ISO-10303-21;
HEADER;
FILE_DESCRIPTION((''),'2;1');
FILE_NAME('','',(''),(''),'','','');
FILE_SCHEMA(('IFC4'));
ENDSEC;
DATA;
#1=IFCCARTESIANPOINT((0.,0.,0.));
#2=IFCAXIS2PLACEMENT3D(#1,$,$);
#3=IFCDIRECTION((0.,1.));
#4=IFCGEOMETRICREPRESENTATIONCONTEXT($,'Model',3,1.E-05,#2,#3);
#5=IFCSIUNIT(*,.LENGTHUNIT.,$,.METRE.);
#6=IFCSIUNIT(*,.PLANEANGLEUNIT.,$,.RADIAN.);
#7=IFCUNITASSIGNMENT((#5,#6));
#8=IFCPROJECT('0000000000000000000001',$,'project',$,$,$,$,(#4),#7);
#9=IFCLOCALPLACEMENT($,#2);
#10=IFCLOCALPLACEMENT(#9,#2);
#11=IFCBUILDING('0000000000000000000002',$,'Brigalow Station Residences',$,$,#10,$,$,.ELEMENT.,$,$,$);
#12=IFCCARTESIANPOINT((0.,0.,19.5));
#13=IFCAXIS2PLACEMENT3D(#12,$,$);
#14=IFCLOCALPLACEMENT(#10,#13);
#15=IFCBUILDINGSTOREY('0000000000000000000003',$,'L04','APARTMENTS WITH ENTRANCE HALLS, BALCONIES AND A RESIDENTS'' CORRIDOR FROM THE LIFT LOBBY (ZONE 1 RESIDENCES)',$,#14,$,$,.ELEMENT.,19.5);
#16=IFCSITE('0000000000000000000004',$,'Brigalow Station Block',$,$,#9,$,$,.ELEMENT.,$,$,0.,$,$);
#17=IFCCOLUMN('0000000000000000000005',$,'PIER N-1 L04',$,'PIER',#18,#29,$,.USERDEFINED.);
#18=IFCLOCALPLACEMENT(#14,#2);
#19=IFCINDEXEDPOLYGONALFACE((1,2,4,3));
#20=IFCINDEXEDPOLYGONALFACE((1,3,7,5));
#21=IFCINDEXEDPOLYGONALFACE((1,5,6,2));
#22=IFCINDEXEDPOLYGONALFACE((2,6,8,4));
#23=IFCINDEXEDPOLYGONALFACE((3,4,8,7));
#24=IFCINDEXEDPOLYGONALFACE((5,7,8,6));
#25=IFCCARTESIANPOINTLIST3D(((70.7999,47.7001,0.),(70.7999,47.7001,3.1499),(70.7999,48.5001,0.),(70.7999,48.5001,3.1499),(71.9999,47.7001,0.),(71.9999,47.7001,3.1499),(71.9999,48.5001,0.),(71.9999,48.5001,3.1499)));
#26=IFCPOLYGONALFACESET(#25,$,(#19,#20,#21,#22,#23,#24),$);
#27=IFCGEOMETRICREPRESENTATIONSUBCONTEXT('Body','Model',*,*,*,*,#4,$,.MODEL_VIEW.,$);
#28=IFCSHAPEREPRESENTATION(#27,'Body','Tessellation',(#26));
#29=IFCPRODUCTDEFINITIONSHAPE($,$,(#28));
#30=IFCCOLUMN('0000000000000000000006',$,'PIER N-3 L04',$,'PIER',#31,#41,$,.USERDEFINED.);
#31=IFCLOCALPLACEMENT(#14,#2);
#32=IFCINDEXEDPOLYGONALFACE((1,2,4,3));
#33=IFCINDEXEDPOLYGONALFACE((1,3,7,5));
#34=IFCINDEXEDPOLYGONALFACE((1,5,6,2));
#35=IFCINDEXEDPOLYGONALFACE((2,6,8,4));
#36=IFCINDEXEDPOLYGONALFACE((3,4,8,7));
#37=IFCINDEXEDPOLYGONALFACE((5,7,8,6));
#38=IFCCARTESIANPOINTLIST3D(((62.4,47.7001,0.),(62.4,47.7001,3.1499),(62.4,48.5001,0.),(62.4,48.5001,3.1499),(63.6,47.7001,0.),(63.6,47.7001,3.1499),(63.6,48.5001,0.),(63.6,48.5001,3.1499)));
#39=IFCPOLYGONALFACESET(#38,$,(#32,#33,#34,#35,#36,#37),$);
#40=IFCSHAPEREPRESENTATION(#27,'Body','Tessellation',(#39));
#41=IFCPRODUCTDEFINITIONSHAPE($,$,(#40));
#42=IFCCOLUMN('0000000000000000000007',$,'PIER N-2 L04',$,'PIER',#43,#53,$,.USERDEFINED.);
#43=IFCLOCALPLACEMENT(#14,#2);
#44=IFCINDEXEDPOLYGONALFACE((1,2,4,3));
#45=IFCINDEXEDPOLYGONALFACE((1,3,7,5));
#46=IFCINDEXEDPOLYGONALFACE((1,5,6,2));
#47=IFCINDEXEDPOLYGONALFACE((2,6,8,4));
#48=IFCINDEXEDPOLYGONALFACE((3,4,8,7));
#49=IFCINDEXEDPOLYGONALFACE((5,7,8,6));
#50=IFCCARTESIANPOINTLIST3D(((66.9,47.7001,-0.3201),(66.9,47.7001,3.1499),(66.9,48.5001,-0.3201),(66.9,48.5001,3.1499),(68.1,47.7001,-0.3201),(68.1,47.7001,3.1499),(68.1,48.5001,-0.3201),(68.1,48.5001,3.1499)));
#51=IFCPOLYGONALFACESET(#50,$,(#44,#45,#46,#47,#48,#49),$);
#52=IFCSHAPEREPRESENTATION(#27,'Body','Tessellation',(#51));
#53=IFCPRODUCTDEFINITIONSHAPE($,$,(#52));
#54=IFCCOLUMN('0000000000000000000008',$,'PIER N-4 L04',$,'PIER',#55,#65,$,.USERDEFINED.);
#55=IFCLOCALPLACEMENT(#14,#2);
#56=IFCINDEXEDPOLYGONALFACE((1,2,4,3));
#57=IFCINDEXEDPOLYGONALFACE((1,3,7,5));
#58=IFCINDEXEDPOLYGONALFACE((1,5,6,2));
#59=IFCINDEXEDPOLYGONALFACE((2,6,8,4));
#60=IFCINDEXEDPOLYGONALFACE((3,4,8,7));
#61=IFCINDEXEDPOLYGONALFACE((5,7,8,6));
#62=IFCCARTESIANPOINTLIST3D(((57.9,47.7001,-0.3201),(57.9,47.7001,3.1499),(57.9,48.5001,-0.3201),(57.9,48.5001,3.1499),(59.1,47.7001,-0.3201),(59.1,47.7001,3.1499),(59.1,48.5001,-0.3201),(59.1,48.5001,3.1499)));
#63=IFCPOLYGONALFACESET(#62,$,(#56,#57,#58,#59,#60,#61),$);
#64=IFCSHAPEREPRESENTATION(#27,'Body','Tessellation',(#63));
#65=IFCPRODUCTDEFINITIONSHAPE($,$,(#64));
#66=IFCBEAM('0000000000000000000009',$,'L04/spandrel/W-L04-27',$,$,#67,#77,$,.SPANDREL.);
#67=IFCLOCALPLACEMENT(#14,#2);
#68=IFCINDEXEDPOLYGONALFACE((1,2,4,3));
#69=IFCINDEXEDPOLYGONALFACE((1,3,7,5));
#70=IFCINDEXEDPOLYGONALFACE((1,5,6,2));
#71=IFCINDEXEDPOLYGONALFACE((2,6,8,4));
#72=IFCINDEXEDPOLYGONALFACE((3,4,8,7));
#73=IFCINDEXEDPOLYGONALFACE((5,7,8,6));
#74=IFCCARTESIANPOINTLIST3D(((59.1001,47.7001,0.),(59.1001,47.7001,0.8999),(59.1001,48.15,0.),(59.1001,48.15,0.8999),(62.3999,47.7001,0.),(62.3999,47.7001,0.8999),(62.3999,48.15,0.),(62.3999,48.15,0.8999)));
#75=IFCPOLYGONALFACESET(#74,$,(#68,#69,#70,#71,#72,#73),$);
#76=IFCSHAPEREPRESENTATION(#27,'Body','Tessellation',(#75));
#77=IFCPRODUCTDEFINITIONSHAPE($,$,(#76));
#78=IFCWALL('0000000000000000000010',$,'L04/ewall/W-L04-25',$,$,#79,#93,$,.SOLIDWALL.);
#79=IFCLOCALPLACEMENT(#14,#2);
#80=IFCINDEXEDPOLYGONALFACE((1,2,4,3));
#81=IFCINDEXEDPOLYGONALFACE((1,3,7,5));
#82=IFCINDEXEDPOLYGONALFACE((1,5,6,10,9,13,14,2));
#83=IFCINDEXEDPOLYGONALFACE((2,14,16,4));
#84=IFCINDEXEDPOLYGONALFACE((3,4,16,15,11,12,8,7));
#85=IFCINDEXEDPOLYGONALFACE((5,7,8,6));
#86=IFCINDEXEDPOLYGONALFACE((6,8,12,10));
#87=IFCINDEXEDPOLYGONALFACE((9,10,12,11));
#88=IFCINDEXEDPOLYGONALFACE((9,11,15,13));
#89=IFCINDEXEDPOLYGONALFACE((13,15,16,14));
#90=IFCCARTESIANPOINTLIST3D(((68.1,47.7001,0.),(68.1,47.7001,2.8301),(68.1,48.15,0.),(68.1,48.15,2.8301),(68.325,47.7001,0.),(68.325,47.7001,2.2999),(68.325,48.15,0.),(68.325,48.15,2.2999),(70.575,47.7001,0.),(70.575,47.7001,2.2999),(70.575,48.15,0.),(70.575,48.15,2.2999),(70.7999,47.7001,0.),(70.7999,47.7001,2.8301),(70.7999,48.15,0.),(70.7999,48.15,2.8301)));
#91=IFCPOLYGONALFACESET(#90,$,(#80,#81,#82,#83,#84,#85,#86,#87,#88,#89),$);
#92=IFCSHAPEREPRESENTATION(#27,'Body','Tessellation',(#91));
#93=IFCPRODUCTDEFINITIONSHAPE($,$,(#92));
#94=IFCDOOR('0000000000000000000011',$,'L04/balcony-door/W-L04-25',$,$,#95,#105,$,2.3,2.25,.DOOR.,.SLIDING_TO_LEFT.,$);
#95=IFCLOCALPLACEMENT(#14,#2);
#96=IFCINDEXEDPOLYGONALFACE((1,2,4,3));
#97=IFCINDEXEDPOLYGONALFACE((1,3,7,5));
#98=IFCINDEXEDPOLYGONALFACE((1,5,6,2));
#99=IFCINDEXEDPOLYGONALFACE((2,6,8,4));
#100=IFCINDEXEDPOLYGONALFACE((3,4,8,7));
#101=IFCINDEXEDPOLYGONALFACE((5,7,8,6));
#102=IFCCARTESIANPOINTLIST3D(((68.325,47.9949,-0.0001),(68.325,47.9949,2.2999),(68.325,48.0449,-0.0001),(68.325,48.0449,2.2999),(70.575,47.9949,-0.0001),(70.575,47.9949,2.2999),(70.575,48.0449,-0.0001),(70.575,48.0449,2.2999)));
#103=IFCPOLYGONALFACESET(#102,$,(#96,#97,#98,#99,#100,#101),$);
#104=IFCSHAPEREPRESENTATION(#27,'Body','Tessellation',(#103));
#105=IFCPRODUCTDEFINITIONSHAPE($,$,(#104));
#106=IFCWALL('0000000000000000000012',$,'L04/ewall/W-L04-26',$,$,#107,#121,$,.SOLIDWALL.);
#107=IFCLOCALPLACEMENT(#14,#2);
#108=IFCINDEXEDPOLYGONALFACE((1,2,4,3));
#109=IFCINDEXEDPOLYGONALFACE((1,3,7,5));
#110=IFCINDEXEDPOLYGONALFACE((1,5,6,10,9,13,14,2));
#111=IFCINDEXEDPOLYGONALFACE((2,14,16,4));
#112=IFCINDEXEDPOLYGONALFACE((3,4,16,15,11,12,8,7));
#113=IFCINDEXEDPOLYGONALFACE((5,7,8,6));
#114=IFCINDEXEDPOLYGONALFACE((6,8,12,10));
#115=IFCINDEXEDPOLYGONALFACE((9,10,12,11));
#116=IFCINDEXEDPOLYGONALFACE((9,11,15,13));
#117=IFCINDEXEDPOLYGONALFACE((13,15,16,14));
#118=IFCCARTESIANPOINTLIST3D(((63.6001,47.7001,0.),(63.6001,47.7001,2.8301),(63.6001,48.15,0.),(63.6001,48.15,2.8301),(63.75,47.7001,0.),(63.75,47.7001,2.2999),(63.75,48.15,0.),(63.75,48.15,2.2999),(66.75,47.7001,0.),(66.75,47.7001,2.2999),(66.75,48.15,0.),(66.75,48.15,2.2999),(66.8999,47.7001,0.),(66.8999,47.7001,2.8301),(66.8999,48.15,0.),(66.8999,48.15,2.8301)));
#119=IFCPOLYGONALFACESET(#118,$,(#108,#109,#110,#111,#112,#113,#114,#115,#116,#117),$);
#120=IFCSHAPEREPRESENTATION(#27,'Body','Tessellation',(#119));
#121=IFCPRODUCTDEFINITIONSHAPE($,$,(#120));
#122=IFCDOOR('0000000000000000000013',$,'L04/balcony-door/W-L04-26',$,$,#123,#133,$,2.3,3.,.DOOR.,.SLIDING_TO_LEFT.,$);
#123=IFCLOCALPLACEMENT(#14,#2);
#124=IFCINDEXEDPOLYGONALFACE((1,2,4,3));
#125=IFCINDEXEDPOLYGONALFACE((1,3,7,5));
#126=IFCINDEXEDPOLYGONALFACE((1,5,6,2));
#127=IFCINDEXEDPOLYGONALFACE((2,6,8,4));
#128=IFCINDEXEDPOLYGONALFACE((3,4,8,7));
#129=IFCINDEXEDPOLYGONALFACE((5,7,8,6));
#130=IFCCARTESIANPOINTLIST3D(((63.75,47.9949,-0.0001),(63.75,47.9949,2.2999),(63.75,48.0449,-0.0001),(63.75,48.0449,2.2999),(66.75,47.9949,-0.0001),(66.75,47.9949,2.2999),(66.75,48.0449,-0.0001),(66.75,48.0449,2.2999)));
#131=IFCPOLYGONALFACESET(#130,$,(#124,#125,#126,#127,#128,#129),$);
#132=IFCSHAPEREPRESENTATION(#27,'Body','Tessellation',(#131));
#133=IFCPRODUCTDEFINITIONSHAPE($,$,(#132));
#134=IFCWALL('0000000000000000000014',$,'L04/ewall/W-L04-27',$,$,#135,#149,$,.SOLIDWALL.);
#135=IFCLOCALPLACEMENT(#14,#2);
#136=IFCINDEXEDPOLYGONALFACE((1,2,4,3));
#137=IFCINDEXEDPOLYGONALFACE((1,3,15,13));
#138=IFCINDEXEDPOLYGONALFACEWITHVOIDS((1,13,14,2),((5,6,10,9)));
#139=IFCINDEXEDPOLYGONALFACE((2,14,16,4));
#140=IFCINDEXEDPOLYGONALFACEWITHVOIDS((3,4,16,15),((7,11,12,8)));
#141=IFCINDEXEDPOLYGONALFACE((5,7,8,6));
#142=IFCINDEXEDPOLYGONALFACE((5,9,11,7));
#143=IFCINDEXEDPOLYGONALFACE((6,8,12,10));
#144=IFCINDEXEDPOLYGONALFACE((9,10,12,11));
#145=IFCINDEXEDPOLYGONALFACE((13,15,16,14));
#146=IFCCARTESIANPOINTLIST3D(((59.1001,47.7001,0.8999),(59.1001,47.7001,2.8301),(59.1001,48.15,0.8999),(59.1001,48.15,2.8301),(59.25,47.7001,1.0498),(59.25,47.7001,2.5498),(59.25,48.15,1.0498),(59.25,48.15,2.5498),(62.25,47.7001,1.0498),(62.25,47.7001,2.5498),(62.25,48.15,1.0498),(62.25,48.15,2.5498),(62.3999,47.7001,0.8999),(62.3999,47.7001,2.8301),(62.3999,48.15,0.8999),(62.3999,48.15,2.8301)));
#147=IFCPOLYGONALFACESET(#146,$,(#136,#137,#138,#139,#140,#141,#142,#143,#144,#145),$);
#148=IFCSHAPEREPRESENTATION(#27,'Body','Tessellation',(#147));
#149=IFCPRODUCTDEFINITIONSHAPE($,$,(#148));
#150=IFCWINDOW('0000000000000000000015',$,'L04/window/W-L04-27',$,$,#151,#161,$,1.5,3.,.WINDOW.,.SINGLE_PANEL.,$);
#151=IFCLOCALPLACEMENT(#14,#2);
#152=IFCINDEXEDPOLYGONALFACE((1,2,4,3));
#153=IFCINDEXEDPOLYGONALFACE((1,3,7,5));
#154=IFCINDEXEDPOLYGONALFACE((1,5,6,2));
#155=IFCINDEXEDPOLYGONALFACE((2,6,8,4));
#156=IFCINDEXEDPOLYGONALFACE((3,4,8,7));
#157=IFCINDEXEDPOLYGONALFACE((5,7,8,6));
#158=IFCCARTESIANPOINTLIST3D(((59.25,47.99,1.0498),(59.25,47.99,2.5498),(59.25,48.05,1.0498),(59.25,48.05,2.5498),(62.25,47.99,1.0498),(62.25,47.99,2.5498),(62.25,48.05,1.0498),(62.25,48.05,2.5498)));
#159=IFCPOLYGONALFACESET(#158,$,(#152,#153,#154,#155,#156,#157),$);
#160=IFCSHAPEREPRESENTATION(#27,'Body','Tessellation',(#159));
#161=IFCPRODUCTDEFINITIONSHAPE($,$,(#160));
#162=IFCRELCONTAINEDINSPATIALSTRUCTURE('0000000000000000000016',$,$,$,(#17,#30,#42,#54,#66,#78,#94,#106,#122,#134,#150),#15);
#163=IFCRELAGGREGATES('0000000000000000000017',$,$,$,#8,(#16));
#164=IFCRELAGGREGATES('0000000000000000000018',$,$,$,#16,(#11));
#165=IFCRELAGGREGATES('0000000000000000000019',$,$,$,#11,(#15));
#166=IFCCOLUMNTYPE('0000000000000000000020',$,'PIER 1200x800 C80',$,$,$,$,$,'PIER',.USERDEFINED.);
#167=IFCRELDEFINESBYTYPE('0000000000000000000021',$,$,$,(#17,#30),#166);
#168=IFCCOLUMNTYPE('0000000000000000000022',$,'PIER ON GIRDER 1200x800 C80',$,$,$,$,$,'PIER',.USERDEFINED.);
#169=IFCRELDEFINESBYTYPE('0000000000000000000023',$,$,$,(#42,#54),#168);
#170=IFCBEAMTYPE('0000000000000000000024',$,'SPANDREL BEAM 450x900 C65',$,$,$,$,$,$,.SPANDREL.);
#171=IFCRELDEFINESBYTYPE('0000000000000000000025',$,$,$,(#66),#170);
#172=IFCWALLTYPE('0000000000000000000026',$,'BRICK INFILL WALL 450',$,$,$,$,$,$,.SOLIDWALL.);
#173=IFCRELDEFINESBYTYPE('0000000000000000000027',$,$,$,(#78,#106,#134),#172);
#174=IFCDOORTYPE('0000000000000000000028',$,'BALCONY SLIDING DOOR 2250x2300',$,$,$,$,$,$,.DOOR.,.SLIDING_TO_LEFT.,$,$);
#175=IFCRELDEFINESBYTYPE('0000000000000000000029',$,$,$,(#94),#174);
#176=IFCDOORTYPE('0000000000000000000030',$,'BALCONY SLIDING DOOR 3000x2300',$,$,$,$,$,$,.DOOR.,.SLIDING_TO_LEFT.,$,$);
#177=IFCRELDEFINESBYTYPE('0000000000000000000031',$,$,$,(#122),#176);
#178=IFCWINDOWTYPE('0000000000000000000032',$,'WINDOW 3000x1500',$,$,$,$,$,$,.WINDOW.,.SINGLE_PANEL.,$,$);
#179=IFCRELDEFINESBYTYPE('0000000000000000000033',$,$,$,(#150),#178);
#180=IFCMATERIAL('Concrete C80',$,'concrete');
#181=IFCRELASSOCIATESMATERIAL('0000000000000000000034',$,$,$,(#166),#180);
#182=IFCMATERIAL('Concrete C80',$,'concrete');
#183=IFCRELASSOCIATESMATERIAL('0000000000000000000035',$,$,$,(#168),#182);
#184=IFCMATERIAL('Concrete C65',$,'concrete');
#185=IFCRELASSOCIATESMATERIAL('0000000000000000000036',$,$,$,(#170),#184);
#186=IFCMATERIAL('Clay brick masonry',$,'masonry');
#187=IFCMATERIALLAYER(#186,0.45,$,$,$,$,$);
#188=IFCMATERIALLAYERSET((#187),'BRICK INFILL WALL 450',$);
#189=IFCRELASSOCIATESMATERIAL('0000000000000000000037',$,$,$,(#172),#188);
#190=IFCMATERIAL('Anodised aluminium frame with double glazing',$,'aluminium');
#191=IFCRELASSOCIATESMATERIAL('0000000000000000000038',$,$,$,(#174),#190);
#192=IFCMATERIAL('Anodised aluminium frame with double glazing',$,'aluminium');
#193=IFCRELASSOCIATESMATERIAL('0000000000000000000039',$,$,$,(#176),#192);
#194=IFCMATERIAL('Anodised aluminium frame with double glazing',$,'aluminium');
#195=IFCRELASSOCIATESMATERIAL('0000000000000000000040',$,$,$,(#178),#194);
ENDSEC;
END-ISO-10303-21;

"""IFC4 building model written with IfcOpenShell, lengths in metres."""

from ifc_helpers import new_model, si_unit, direction, frame, frame_2d, origin, origin_2d, place, context, subcontext, project, spatial, rectangle, extrude, material, layer, layer_set, material_profile, profile_set, type_object, element, fill, save


model = new_model("IFC4")

# Units and contexts
model_context = context("Model", 3, precision=1e-05, world=origin(), true_north=direction((0.0, 1.0)))
body_context = subcontext(model_context, "Body", "Model", "MODEL_VIEW")
ifc_project = project(units=[si_unit("LENGTHUNIT", "METRE"), si_unit("PLANEANGLEUNIT", "RADIAN")], contexts=[model_context])

# Site, building, storey
site_placement = place(None, origin())
site = spatial("IfcSite", under=ifc_project, at=site_placement, Name="Brigalow Station Block", CompositionType="ELEMENT", RefElevation=0.0)
building_placement = place(site_placement, origin())
building = spatial("IfcBuilding", under=site, at=building_placement, Name="Brigalow Station Residences", CompositionType="ELEMENT")
storey_placement = place(building_placement, frame((0.0, 0.0, 19.5)))
storey = spatial("IfcBuildingStorey", under=building, at=storey_placement, Name="L04", Description="APARTMENTS WITH ENTRANCE HALLS, BALCONIES AND A RESIDENTS' CORRIDOR FROM THE LIFT LOBBY (ZONE 1 RESIDENCES)", CompositionType="ELEMENT", Elevation=19.5)

# Columns
ifc_material_1 = material(Name="Concrete C80", Category="concrete")
ifc_material_profile_1 = material_profile(ifc_material_1, rectangle(XDim=1.2, YDim=0.8, at=origin_2d()), Name="RC1200x800")
ifc_profile_set_1 = profile_set([ifc_material_profile_1], Name="Concrete C80")
column_type_1 = type_object("IfcColumnType", Name="PIER 1200x800 C80", ElementType="PIER", PredefinedType="USERDEFINED", material=ifc_profile_set_1)
for number, where, z_axis, x_axis, name in (
    (1, (71.3999, 48.1001, 0.0), (0.0, 0.0, 1.0), (-1.0, 0.0, 0.0), "PIER N-1 L04"),
    (2, (63.0, 48.1001, 0.0), (0.0, 0.0, 1.0), (-1.0, 0.0, 0.0), "PIER N-3 L04"),
):
    element("IfcColumn", number, at=place(storey_placement, frame(where, z_axis=z_axis, x_axis=x_axis)), inside=storey, type_object=column_type_1, Name=name, ObjectType="PIER", PredefinedType="USERDEFINED", context=body_context, shape_type="SweptSolid", body=[
        extrude(rectangle(XDim=1.2, YDim=0.8, at=origin_2d()), origin(), (0.0, 0.0, 1.0), 3.1499),
    ])
ifc_material_2 = material(Name="Concrete C80", Category="concrete")
ifc_material_profile_2 = material_profile(ifc_material_2, rectangle(XDim=1.2, YDim=0.8, at=origin_2d()), Name="RC1200x800")
ifc_profile_set_2 = profile_set([ifc_material_profile_2], Name="Concrete C80")
column_type_2 = type_object("IfcColumnType", Name="PIER ON GIRDER 1200x800 C80", ElementType="PIER", PredefinedType="USERDEFINED", material=ifc_profile_set_2)
for number, where, z_axis, x_axis, name in (
    (3, (67.5, 48.1001, -0.3201), (0.0, 0.0, 1.0), (-1.0, 0.0, 0.0), "PIER N-2 L04"),
    (4, (58.5, 48.1001, -0.3201), (0.0, 0.0, 1.0), (-1.0, 0.0, 0.0), "PIER N-4 L04"),
):
    element("IfcColumn", number, at=place(storey_placement, frame(where, z_axis=z_axis, x_axis=x_axis)), inside=storey, type_object=column_type_2, Name=name, ObjectType="PIER", PredefinedType="USERDEFINED", context=body_context, shape_type="SweptSolid", body=[
        extrude(rectangle(XDim=1.2, YDim=0.8, at=origin_2d()), origin(), (0.0, 0.0, 1.0), 3.47),
    ])

# Beam
ifc_material_3 = material(Name="Concrete C65", Category="concrete")
ifc_material_profile_3 = material_profile(ifc_material_3, rectangle(XDim=0.45, YDim=0.8999, at=origin_2d()), Name="RC450x900")
ifc_profile_set_3 = profile_set([ifc_material_profile_3], Name="Concrete C65")
beam_type = type_object("IfcBeamType", Name="SPANDREL BEAM 450x900 C65", PredefinedType="SPANDREL", material=ifc_profile_set_3)
beam_placement = place(storey_placement, frame((62.3999, 47.925, 0.45), z_axis=(-1.0, 0.0, 0.0), x_axis=(0.0, -1.0, 0.0)))
element("IfcBeam", 5, at=beam_placement, inside=storey, type_object=beam_type, Name="L04/spandrel/W-L04-27", PredefinedType="SPANDREL", context=body_context, shape_type="SweptSolid", body=[
    extrude(rectangle(XDim=0.45, YDim=0.8999, at=origin_2d()), origin(), (0.0, 0.0, 1.0), 3.2998),
])

# Walls, openings, doors
ifc_material_4 = material(Name="Clay brick masonry", Category="masonry")
ifc_layer_1 = layer(ifc_material_4, 0.45)
ifc_layer_set_1 = layer_set([ifc_layer_1], Name="BRICK INFILL WALL 450")
wall_type_1 = type_object("IfcWallType", Name="BRICK INFILL WALL 450", PredefinedType="SOLIDWALL", material=ifc_layer_set_1)
wall_1_placement = place(storey_placement, frame((70.8, 47.925, 0.0), z_axis=(0.0, 0.0, 1.0), x_axis=(-1.0, 0.0, 0.0)))
wall_1 = element("IfcWall", 6, at=wall_1_placement, inside=storey, type_object=wall_type_1, Name="L04/ewall/W-L04-25", PredefinedType="SOLIDWALL", context=body_context, shape_type="SweptSolid", body=[
    extrude(rectangle(XDim=2.7, YDim=0.45, at=frame_2d((1.3501, 0.0))), origin(), (0.0, 0.0, 1.0), 2.8301),
])
opening_1_placement = place(wall_1_placement, frame((0.2251, 0.0, 0.0)))
opening_1 = element("IfcOpeningElement", 7, at=opening_1_placement, cuts=wall_1, PredefinedType="OPENING", context=body_context, shape_type="SweptSolid", body=[
    extrude(rectangle(XDim=2.25, YDim=2.3, at=frame_2d((1.125, 1.1499))), frame((0.0, 0.2349, 0.0), z_axis=(0.0, -1.0, 0.0), x_axis=(1.0, 0.0, 0.0)), (0.0, 0.0, 1.0), 0.47),
])
ifc_material_5 = material(Name="Anodised aluminium frame with double glazing", Category="aluminium")
door_type_1 = type_object("IfcDoorType", Name="BALCONY SLIDING DOOR 2250x2300", OperationType="SLIDING_TO_LEFT", PredefinedType="DOOR", material=ifc_material_5)
door_1_placement = place(opening_1_placement, origin())
door_1 = element("IfcDoor", 8, at=door_1_placement, inside=storey, type_object=door_type_1, Name="L04/balcony-door/W-L04-25", OperationType="SLIDING_TO_LEFT", OverallHeight=2.3, OverallWidth=2.25, PredefinedType="DOOR", context=body_context, shape_type="SweptSolid", body=[
    extrude(rectangle(XDim=2.25, YDim=2.3, at=frame_2d((1.125, 1.1499))), frame((0.0, -0.0698, 0.0), z_axis=(0.0, -1.0, 0.0), x_axis=(1.0, 0.0, 0.0)), (0.0, 0.0, 1.0), 0.05),
])
fill(opening_1, door_1)
wall_2_placement = place(storey_placement, frame((66.8999, 47.925, 0.0), z_axis=(0.0, 0.0, 1.0), x_axis=(-1.0, 0.0, 0.0)))
wall_2 = element("IfcWall", 9, at=wall_2_placement, inside=storey, type_object=wall_type_1, Name="L04/ewall/W-L04-26", PredefinedType="SOLIDWALL", context=body_context, shape_type="SweptSolid", body=[
    extrude(rectangle(XDim=3.2998, YDim=0.45, at=frame_2d((1.6499, 0.0))), origin(), (0.0, 0.0, 1.0), 2.8301),
])
opening_2_placement = place(wall_2_placement, frame((0.1499, 0.0, 0.0)))
opening_2 = element("IfcOpeningElement", 10, at=opening_2_placement, cuts=wall_2, PredefinedType="OPENING", context=body_context, shape_type="SweptSolid", body=[
    extrude(rectangle(XDim=3.0, YDim=2.3, at=frame_2d((1.5, 1.1499))), frame((0.0, 0.2349, 0.0), z_axis=(0.0, -1.0, 0.0), x_axis=(1.0, 0.0, 0.0)), (0.0, 0.0, 1.0), 0.47),
])
ifc_material_6 = material(Name="Anodised aluminium frame with double glazing", Category="aluminium")
door_type_2 = type_object("IfcDoorType", Name="BALCONY SLIDING DOOR 3000x2300", OperationType="SLIDING_TO_LEFT", PredefinedType="DOOR", material=ifc_material_6)
door_2_placement = place(opening_2_placement, origin())
door_2 = element("IfcDoor", 11, at=door_2_placement, inside=storey, type_object=door_type_2, Name="L04/balcony-door/W-L04-26", OperationType="SLIDING_TO_LEFT", OverallHeight=2.3, OverallWidth=3.0, PredefinedType="DOOR", context=body_context, shape_type="SweptSolid", body=[
    extrude(rectangle(XDim=3.0, YDim=2.3, at=frame_2d((1.5, 1.1499))), frame((0.0, -0.0698, 0.0), z_axis=(0.0, -1.0, 0.0), x_axis=(1.0, 0.0, 0.0)), (0.0, 0.0, 1.0), 0.05),
])
fill(opening_2, door_2)

# Wall, opening, window
wall_3_placement = place(storey_placement, frame((62.3999, 47.925, 0.8999), z_axis=(0.0, 0.0, 1.0), x_axis=(-1.0, 0.0, 0.0)))
wall_3 = element("IfcWall", 12, at=wall_3_placement, inside=storey, type_object=wall_type_1, Name="L04/ewall/W-L04-27", PredefinedType="SOLIDWALL", context=body_context, shape_type="SweptSolid", body=[
    extrude(rectangle(XDim=3.2998, YDim=0.45, at=frame_2d((1.6499, 0.0))), origin(), (0.0, 0.0, 1.0), 1.9302),
])
opening_3_placement = place(wall_3_placement, frame((0.1499, 0.0, 0.1499)))
opening_3 = element("IfcOpeningElement", 13, at=opening_3_placement, cuts=wall_3, PredefinedType="OPENING", context=body_context, shape_type="SweptSolid", body=[
    extrude(rectangle(XDim=3.0, YDim=1.5, at=frame_2d((1.5, 0.75))), frame((0.0, 0.2349, 0.0), z_axis=(0.0, -1.0, 0.0), x_axis=(1.0, 0.0, 0.0)), (0.0, 0.0, 1.0), 0.47),
])
ifc_material_7 = material(Name="Anodised aluminium frame with double glazing", Category="aluminium")
window_type = type_object("IfcWindowType", Name="WINDOW 3000x1500", PartitioningType="SINGLE_PANEL", PredefinedType="WINDOW", material=ifc_material_7)
window_1_placement = place(opening_3_placement, origin())
window_1 = element("IfcWindow", 14, at=window_1_placement, inside=storey, type_object=window_type, Name="L04/window/W-L04-27", OverallHeight=1.5, OverallWidth=3.0, PartitioningType="SINGLE_PANEL", PredefinedType="WINDOW", context=body_context, shape_type="SweptSolid", body=[
    extrude(rectangle(XDim=3.0, YDim=1.5, at=frame_2d((1.5, 0.75))), frame((0.0, -0.0649, 0.0), z_axis=(0.0, -1.0, 0.0), x_axis=(1.0, 0.0, 0.0)), (0.0, 0.0, 1.0), 0.0601),
])
fill(opening_3, window_1)

save(model, "model.ifc")
